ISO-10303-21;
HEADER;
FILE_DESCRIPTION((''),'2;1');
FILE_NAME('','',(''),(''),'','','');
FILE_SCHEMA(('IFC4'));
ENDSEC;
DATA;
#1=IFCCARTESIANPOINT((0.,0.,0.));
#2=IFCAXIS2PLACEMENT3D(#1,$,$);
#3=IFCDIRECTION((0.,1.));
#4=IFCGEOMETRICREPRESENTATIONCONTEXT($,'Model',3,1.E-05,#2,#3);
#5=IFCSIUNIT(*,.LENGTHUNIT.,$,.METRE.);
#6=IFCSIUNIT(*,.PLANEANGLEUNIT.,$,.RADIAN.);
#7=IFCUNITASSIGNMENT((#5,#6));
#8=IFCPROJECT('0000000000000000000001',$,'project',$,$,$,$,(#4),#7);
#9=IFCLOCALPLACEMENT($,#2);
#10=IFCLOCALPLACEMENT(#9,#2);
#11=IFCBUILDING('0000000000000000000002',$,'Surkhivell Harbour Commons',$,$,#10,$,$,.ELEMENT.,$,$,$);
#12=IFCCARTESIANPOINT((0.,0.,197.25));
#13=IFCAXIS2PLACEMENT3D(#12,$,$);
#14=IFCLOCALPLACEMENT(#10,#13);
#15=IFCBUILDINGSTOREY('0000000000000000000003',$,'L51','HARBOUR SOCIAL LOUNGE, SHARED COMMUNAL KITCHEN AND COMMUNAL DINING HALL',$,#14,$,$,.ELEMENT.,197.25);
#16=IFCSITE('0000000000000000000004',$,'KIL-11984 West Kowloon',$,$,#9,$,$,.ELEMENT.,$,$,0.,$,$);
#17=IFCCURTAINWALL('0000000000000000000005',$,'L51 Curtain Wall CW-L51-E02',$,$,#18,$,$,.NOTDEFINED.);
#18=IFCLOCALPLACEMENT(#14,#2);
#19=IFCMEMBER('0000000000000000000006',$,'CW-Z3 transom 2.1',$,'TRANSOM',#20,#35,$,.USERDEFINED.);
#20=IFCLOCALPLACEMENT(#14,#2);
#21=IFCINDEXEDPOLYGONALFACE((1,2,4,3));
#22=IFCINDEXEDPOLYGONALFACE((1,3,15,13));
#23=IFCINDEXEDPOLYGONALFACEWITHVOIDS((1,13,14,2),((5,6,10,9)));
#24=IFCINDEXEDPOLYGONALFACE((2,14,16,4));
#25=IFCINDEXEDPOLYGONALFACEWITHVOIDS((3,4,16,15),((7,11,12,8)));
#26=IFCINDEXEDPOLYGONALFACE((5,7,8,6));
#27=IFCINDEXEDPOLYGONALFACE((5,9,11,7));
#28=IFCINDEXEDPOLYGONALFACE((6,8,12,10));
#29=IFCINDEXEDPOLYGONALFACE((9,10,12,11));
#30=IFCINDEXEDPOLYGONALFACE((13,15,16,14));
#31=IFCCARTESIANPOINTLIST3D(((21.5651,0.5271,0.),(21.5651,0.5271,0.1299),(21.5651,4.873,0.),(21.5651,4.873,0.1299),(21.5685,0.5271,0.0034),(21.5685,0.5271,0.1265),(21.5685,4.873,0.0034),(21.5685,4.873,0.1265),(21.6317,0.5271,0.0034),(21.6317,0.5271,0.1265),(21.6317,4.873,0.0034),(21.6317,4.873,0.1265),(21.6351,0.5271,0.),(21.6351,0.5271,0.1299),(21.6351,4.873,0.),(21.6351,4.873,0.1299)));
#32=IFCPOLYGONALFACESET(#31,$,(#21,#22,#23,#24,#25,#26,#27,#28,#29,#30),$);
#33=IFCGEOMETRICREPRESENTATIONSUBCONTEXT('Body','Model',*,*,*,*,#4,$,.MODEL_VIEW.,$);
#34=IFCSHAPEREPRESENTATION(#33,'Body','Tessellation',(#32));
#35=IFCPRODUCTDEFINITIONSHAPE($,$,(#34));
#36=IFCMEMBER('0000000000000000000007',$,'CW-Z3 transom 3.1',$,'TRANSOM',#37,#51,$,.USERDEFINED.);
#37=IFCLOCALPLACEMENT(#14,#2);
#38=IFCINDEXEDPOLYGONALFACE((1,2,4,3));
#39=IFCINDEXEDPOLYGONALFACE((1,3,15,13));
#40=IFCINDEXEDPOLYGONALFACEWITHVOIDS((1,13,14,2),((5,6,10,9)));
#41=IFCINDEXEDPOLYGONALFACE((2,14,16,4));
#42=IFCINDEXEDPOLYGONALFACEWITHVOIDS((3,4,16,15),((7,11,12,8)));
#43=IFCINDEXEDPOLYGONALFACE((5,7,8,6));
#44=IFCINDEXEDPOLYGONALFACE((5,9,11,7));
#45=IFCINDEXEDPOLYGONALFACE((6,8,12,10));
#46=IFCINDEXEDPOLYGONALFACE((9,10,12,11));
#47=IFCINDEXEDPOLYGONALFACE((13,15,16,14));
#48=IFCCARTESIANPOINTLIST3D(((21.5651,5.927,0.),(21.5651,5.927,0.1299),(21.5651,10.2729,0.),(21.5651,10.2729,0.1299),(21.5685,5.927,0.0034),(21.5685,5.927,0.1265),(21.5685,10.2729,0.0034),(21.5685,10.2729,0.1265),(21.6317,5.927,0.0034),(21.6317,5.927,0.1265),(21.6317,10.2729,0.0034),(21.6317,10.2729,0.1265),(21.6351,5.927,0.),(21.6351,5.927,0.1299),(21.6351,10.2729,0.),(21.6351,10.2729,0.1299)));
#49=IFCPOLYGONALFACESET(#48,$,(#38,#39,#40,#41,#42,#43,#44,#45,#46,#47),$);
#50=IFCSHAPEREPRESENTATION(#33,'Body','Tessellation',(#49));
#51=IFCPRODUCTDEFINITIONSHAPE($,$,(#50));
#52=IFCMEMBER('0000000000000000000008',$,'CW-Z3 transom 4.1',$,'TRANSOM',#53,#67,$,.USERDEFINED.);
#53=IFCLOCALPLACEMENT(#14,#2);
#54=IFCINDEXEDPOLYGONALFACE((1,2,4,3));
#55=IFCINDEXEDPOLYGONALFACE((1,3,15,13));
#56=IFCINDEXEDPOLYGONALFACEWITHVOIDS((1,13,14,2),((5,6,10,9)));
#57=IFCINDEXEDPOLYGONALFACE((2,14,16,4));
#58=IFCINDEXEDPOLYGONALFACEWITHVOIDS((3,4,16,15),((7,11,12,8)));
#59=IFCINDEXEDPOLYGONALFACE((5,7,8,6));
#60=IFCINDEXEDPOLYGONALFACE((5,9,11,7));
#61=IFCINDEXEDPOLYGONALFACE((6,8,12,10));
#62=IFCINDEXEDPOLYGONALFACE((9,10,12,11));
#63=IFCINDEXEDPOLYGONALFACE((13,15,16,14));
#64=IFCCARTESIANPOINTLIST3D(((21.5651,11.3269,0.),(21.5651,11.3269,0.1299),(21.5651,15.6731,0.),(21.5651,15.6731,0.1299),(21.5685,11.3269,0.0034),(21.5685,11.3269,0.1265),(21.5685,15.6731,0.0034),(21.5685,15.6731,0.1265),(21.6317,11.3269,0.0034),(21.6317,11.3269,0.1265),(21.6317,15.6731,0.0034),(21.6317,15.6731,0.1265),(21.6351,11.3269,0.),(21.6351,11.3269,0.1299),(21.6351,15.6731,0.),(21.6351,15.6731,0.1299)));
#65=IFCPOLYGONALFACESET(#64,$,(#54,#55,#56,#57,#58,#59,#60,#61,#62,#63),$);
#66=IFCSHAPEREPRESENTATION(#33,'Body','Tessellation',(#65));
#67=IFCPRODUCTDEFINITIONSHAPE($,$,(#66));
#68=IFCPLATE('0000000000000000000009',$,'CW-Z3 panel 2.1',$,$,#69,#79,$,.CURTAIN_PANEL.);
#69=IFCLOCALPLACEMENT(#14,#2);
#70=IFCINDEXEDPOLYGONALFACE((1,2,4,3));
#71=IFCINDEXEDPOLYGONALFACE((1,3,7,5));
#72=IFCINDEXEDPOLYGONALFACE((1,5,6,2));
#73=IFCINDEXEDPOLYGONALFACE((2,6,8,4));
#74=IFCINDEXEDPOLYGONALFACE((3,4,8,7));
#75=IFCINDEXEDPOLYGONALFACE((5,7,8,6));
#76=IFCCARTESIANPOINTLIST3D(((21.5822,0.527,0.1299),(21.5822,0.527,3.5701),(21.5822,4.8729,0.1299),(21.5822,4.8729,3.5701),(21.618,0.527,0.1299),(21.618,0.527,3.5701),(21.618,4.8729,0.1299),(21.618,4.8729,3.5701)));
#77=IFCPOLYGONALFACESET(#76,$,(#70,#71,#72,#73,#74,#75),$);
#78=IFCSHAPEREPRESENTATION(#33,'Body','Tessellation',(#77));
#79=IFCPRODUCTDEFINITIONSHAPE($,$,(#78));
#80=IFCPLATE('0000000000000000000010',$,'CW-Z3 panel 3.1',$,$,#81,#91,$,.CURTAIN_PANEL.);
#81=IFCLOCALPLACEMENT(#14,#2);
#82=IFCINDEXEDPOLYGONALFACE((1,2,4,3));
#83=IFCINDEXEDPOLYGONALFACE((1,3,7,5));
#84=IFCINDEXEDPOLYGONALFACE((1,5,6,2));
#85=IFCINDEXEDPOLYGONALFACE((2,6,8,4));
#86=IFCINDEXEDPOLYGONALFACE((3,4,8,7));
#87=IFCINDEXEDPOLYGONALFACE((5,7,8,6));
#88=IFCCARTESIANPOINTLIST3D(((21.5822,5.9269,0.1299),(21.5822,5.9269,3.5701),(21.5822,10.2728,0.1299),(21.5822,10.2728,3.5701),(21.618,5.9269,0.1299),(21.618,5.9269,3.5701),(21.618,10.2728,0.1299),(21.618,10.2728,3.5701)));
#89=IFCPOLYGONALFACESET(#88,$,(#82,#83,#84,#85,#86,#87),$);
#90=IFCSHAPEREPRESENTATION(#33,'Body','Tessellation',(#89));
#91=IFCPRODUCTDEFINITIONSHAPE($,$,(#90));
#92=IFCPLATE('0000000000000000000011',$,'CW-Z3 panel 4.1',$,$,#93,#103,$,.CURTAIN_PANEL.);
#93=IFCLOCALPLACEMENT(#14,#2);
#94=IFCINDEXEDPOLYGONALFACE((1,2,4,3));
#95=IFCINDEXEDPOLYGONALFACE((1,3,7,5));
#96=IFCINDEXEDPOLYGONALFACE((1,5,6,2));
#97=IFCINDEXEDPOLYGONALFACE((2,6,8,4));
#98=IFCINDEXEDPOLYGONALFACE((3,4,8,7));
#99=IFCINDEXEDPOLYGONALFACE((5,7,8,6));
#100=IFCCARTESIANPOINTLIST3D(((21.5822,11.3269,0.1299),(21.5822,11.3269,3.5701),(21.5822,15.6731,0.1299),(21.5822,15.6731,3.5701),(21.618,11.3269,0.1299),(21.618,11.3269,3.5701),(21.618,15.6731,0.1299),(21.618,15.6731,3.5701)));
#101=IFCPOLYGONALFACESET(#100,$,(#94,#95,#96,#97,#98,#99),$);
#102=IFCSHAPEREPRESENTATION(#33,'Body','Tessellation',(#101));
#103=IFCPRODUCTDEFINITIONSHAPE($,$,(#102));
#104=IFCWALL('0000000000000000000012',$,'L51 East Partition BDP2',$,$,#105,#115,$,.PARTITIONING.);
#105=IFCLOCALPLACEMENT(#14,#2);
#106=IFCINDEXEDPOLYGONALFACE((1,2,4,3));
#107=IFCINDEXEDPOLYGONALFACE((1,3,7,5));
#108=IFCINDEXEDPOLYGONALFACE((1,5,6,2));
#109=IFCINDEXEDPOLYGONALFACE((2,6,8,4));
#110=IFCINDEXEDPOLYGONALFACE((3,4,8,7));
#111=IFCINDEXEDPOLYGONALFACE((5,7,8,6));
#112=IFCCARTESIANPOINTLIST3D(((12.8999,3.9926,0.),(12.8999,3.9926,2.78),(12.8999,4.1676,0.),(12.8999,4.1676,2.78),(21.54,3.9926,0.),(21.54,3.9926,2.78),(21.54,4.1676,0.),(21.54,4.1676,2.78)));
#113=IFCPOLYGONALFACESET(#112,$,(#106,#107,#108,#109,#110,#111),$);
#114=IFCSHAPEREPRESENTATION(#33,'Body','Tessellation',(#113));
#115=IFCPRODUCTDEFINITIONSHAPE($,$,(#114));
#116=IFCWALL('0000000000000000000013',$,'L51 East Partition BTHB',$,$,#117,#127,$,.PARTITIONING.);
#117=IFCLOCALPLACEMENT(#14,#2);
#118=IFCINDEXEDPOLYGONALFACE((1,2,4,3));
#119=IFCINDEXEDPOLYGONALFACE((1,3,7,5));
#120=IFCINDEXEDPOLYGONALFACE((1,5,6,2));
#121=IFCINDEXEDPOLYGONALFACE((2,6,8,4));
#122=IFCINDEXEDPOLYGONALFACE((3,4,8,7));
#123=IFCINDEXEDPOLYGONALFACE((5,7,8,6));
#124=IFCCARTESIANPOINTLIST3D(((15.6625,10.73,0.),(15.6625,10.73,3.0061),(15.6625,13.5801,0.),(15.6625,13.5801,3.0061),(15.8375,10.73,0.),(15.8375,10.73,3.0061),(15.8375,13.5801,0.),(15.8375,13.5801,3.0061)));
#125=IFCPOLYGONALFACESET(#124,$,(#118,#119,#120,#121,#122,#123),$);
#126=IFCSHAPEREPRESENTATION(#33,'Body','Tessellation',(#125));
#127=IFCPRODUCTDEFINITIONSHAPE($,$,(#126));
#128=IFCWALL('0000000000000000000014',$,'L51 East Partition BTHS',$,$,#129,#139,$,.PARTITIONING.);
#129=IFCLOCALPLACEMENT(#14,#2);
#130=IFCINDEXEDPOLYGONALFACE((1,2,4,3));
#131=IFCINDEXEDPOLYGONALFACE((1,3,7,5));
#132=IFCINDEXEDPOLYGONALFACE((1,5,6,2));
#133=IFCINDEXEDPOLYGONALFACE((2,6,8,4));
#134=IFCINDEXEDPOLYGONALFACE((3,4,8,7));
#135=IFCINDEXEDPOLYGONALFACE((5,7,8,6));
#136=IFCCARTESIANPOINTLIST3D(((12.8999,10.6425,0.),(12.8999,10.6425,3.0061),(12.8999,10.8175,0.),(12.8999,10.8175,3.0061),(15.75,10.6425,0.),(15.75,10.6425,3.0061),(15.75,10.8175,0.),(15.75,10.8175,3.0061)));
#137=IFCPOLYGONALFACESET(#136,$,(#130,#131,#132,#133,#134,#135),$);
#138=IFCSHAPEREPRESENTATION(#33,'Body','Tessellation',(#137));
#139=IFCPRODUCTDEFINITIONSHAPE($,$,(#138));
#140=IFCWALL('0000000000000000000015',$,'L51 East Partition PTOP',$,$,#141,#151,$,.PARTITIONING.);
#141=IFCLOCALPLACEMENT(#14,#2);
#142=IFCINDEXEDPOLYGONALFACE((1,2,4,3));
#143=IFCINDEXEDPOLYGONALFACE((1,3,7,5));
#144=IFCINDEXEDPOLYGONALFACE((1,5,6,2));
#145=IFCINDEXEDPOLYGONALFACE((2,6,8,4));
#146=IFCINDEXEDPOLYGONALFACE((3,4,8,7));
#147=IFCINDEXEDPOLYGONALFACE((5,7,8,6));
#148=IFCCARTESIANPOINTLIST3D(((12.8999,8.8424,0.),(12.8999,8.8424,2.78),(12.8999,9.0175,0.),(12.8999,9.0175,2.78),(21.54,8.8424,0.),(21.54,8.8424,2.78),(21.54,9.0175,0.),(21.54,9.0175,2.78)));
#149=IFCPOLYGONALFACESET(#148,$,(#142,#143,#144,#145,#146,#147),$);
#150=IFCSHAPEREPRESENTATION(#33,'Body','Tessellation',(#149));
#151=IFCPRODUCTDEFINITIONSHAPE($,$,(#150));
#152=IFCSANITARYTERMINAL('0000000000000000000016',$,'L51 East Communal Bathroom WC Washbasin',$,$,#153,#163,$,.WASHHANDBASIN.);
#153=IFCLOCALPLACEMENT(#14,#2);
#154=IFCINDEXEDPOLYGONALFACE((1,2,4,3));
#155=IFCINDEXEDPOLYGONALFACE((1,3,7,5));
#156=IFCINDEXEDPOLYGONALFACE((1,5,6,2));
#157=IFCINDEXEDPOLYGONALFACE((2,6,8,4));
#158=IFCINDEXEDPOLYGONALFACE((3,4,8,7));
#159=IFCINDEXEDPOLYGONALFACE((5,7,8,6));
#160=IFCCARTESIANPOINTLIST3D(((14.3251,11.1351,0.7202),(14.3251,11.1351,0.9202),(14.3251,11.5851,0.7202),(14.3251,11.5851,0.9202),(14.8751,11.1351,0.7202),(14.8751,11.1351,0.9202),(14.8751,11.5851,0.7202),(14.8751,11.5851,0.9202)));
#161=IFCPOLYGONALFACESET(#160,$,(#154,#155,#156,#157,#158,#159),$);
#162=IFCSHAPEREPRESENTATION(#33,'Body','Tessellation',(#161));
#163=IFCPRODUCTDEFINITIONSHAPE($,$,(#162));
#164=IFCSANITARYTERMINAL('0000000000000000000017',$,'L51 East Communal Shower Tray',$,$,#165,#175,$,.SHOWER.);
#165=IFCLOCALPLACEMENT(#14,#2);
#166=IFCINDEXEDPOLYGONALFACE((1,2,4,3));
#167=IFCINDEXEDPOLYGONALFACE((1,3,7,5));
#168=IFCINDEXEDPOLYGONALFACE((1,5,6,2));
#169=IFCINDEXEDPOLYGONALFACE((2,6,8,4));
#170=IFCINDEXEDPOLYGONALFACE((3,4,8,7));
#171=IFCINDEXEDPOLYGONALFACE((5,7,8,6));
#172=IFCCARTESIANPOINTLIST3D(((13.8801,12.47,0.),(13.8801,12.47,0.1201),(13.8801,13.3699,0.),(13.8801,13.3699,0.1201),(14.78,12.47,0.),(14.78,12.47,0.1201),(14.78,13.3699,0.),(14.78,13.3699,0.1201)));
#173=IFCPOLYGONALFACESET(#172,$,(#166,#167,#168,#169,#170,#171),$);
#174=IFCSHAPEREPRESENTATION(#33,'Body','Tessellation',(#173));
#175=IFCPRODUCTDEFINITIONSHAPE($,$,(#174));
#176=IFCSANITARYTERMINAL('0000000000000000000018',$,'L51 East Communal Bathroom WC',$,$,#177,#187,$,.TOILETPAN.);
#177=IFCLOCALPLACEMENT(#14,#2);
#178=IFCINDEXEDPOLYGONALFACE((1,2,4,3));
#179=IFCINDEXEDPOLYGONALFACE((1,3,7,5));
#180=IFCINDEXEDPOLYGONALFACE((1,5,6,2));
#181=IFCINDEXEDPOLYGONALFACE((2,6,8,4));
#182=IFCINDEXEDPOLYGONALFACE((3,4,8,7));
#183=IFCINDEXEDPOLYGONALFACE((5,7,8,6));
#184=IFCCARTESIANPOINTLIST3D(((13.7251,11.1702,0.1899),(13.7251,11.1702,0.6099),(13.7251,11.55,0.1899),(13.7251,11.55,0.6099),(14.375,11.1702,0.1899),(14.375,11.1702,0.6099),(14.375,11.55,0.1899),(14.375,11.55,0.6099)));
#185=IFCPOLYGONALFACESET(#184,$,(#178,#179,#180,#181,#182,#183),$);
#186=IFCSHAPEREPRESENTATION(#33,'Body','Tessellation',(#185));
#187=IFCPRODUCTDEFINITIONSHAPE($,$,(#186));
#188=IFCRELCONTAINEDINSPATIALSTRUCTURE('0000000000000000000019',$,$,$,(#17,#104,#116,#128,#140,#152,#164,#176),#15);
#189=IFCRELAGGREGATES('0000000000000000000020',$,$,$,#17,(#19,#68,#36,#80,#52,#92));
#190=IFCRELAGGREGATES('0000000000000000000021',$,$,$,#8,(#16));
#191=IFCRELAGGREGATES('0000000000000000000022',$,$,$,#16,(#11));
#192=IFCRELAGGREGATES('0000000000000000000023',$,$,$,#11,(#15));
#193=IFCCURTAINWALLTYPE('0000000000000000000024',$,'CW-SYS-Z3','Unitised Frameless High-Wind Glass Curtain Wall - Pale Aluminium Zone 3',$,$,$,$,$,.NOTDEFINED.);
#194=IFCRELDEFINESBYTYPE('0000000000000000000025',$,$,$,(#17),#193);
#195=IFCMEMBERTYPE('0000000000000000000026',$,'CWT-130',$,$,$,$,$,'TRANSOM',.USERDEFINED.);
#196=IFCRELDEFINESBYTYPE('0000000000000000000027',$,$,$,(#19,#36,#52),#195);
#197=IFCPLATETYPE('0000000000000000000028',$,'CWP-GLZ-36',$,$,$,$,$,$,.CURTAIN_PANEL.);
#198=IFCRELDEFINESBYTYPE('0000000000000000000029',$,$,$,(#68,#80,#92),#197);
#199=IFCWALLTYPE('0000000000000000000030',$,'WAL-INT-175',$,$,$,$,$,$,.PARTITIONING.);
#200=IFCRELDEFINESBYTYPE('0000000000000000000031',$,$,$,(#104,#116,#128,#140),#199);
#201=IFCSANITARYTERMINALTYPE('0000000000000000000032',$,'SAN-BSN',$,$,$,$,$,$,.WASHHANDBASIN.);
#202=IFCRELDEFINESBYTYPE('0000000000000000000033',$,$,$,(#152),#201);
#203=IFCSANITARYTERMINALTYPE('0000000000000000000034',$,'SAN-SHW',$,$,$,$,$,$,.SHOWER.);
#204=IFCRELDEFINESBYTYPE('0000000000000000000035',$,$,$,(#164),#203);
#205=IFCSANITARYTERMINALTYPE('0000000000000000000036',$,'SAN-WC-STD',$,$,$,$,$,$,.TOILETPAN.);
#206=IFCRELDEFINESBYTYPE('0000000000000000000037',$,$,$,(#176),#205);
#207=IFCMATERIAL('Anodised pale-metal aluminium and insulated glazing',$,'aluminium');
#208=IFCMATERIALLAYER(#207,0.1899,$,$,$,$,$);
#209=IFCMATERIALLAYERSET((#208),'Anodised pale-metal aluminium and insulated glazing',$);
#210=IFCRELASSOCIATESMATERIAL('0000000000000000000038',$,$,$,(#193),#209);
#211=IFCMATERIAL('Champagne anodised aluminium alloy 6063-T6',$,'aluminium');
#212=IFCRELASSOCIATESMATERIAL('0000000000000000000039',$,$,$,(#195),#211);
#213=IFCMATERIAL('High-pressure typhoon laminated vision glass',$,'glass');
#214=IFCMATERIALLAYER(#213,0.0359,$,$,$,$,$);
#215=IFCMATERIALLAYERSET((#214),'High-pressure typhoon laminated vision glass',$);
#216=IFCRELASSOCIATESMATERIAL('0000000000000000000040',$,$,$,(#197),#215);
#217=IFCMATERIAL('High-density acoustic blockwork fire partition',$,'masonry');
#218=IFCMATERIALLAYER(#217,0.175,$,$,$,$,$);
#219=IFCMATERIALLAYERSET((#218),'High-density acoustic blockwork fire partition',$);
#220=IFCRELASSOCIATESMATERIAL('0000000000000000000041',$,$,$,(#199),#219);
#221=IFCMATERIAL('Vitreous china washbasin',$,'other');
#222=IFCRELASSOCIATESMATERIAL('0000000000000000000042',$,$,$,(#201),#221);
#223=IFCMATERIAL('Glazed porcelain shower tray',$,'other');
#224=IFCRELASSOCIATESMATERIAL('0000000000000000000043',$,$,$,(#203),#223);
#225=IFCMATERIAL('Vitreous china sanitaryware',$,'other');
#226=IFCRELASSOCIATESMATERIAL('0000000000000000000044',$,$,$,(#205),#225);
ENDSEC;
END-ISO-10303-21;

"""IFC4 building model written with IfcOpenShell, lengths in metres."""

from ifc_helpers import new_model, si_unit, direction, frame, frame_2d, origin, origin_2d, place, context, subcontext, project, spatial, rectangle, hollow_rectangle, extrude, material, layer, layer_set, material_profile, profile_set, type_object, element, aggregate, save


model = new_model("IFC4")

# Units and contexts
model_context = context("Model", 3, precision=1e-05, world=origin(), true_north=direction((0.0, 1.0)))
body_context = subcontext(model_context, "Body", "Model", "MODEL_VIEW")
ifc_project = project(units=[si_unit("LENGTHUNIT", "METRE"), si_unit("PLANEANGLEUNIT", "RADIAN")], contexts=[model_context])

# Site, building, storey
site_placement = place(None, origin())
site = spatial("IfcSite", under=ifc_project, at=site_placement, Name="KIL-11984 West Kowloon", CompositionType="ELEMENT", RefElevation=0.0)
building_placement = place(site_placement, origin())
building = spatial("IfcBuilding", under=site, at=building_placement, Name="Surkhivell Harbour Commons", CompositionType="ELEMENT")
storey_placement = place(building_placement, frame((0.0, 0.0, 197.25)))
storey = spatial("IfcBuildingStorey", under=building, at=storey_placement, Name="L51", Description="HARBOUR SOCIAL LOUNGE, SHARED COMMUNAL KITCHEN AND COMMUNAL DINING HALL", CompositionType="ELEMENT", Elevation=197.25)

# Curtain wall, members, plates
ifc_material_1 = material(Name="Anodised pale-metal aluminium and insulated glazing", Category="aluminium")
ifc_layer_1 = layer(ifc_material_1, 0.1899)
ifc_layer_set_1 = layer_set([ifc_layer_1], Name="Anodised pale-metal aluminium and insulated glazing")
curtain_wall_type = type_object("IfcCurtainWallType", Name="CW-SYS-Z3", Description="Unitised Frameless High-Wind Glass Curtain Wall - Pale Aluminium Zone 3", PredefinedType="NOTDEFINED", material=ifc_layer_set_1)
curtain_wall_placement = place(storey_placement, origin())
curtain_wall = element("IfcCurtainWall", 1, at=curtain_wall_placement, inside=storey, type_object=curtain_wall_type, Name="L51 Curtain Wall CW-L51-E02", PredefinedType="NOTDEFINED")
ifc_material_2 = material(Name="Champagne anodised aluminium alloy 6063-T6", Category="aluminium")
ifc_material_profile_1 = material_profile(ifc_material_2, hollow_rectangle(XDim=0.0701, YDim=0.1299, WallThickness=0.0034, at=origin_2d()), Name="ALU-TRAN-70x130")
ifc_profile_set_1 = profile_set([ifc_material_profile_1], Name="Champagne anodised aluminium alloy 6063-T6")
member_type_1 = type_object("IfcMemberType", Name="CWT-130", ElementType="TRANSOM", PredefinedType="USERDEFINED", material=ifc_profile_set_1)
member_1_placement = place(storey_placement, frame((21.6001, 0.5271, 0.0649), z_axis=(0.0, 1.0, 0.0), x_axis=(-1.0, 0.0, 0.0)))
member_1 = element("IfcMember", 2, at=member_1_placement, type_object=member_type_1, Name="CW-Z3 transom 2.1", ObjectType="TRANSOM", PredefinedType="USERDEFINED", context=body_context, shape_type="SweptSolid", body=[
    extrude(hollow_rectangle(XDim=0.0701, YDim=0.1299, WallThickness=0.0034, at=origin_2d()), origin(), (0.0, 0.0, 1.0), 4.3459),
])
member_2_placement = place(storey_placement, frame((21.6001, 5.927, 0.0649), z_axis=(0.0, 1.0, 0.0), x_axis=(-1.0, 0.0, 0.0)))
member_2 = element("IfcMember", 3, at=member_2_placement, type_object=member_type_1, Name="CW-Z3 transom 3.1", ObjectType="TRANSOM", PredefinedType="USERDEFINED", context=body_context, shape_type="SweptSolid", body=[
    extrude(hollow_rectangle(XDim=0.0701, YDim=0.1299, WallThickness=0.0034, at=origin_2d()), origin(), (0.0, 0.0, 1.0), 4.3459),
])
member_3_placement = place(storey_placement, frame((21.6001, 11.3269, 0.0649), z_axis=(0.0, 1.0, 0.0), x_axis=(-1.0, 0.0, 0.0)))
member_3 = element("IfcMember", 4, at=member_3_placement, type_object=member_type_1, Name="CW-Z3 transom 4.1", ObjectType="TRANSOM", PredefinedType="USERDEFINED", context=body_context, shape_type="SweptSolid", body=[
    extrude(hollow_rectangle(XDim=0.0701, YDim=0.1299, WallThickness=0.0034, at=origin_2d()), origin(), (0.0, 0.0, 1.0), 4.3462),
])
ifc_material_3 = material(Name="High-pressure typhoon laminated vision glass", Category="glass")
ifc_layer_2 = layer(ifc_material_3, 0.0359)
ifc_layer_set_2 = layer_set([ifc_layer_2], Name="High-pressure typhoon laminated vision glass")
plate_type = type_object("IfcPlateType", Name="CWP-GLZ-36", PredefinedType="CURTAIN_PANEL", material=ifc_layer_set_2)
plate_1_placement = place(storey_placement, frame((21.6001, 0.5271, 0.1299), z_axis=(0.0, 0.0, 1.0), x_axis=(0.0, 1.0, 0.0)))
plate_1 = element("IfcPlate", 5, at=plate_1_placement, type_object=plate_type, Name="CW-Z3 panel 2.1", PredefinedType="CURTAIN_PANEL", context=body_context, shape_type="SweptSolid", body=[
    extrude(rectangle(XDim=4.3459, YDim=0.0359, at=frame_2d((2.1729, 0.0))), origin(), (0.0, 0.0, 1.0), 3.4402),
])
plate_2_placement = place(storey_placement, frame((21.6001, 5.927, 0.1299), z_axis=(0.0, 0.0, 1.0), x_axis=(0.0, 1.0, 0.0)))
plate_2 = element("IfcPlate", 6, at=plate_2_placement, type_object=plate_type, Name="CW-Z3 panel 3.1", PredefinedType="CURTAIN_PANEL", context=body_context, shape_type="SweptSolid", body=[
    extrude(rectangle(XDim=4.3459, YDim=0.0359, at=frame_2d((2.1729, 0.0))), origin(), (0.0, 0.0, 1.0), 3.4402),
])
plate_3_placement = place(storey_placement, frame((21.6001, 11.3269, 0.1299), z_axis=(0.0, 0.0, 1.0), x_axis=(0.0, 1.0, 0.0)))
plate_3 = element("IfcPlate", 7, at=plate_3_placement, type_object=plate_type, Name="CW-Z3 panel 4.1", PredefinedType="CURTAIN_PANEL", context=body_context, shape_type="SweptSolid", body=[
    extrude(rectangle(XDim=4.3462, YDim=0.0359, at=frame_2d((2.1731, 0.0))), origin(), (0.0, 0.0, 1.0), 3.4402),
])
aggregate(curtain_wall, [member_1, plate_1, member_2, plate_2, member_3, plate_3])

# Walls
ifc_material_4 = material(Name="High-density acoustic blockwork fire partition", Category="masonry")
ifc_layer_3 = layer(ifc_material_4, 0.175)
ifc_layer_set_3 = layer_set([ifc_layer_3], Name="High-density acoustic blockwork fire partition")
wall_type = type_object("IfcWallType", Name="WAL-INT-175", PredefinedType="PARTITIONING", material=ifc_layer_set_3)
wall_1_placement = place(storey_placement, frame((12.8999, 4.0801, 0.0), z_axis=(0.0, 0.0, 1.0), x_axis=(1.0, 0.0, 0.0)))
element("IfcWall", 8, at=wall_1_placement, inside=storey, type_object=wall_type, Name="L51 East Partition BDP2", PredefinedType="PARTITIONING", context=body_context, shape_type="SweptSolid", body=[
    extrude(rectangle(XDim=8.6401, YDim=0.175, at=frame_2d((4.3201, 0.0))), origin(), (0.0, 0.0, 1.0), 2.78),
])
for number, where, z_axis, x_axis, name in (
    (9, (15.75, 10.73, 0.0), (0.0, 0.0, 1.0), (0.0, 1.0, 0.0), "L51 East Partition BTHB"),
    (10, (12.8999, 10.73, 0.0), (0.0, 0.0, 1.0), (1.0, 0.0, 0.0), "L51 East Partition BTHS"),
):
    element("IfcWall", number, at=place(storey_placement, frame(where, z_axis=z_axis, x_axis=x_axis)), inside=storey, type_object=wall_type, Name=name, PredefinedType="PARTITIONING", context=body_context, shape_type="SweptSolid", body=[
        extrude(rectangle(XDim=2.8501, YDim=0.175, at=frame_2d((1.425, 0.0))), origin(), (0.0, 0.0, 1.0), 3.0061),
    ])
wall_2_placement = place(storey_placement, frame((12.8999, 8.9299, 0.0), z_axis=(0.0, 0.0, 1.0), x_axis=(1.0, 0.0, 0.0)))
element("IfcWall", 11, at=wall_2_placement, inside=storey, type_object=wall_type, Name="L51 East Partition PTOP", PredefinedType="PARTITIONING", context=body_context, shape_type="SweptSolid", body=[
    extrude(rectangle(XDim=8.6401, YDim=0.175, at=frame_2d((4.3201, 0.0))), origin(), (0.0, 0.0, 1.0), 2.78),
])

# Sanitary terminals
ifc_material_5 = material(Name="Vitreous china washbasin", Category="other")
sanitary_terminal_type_1 = type_object("IfcSanitaryTerminalType", Name="SAN-BSN", PredefinedType="WASHHANDBASIN", material=ifc_material_5)
sanitary_terminal_1_placement = place(storey_placement, frame((14.6001, 11.3601, 0.7202), z_axis=(0.0, 0.0, 1.0), x_axis=(1.0, 0.0, 0.0)))
element("IfcSanitaryTerminal", 12, at=sanitary_terminal_1_placement, inside=storey, type_object=sanitary_terminal_type_1, Name="L51 East Communal Bathroom WC Washbasin", PredefinedType="WASHHANDBASIN", context=body_context, shape_type="SweptSolid", body=[
    extrude(rectangle(XDim=0.55, YDim=0.45, at=origin_2d()), origin(), (0.0, 0.0, 1.0), 0.2),
])
ifc_material_6 = material(Name="Glazed porcelain shower tray", Category="other")
sanitary_terminal_type_2 = type_object("IfcSanitaryTerminalType", Name="SAN-SHW", PredefinedType="SHOWER", material=ifc_material_6)
sanitary_terminal_2_placement = place(storey_placement, frame((14.3301, 12.9199, 0.0), z_axis=(0.0, 0.0, 1.0), x_axis=(1.0, 0.0, 0.0)))
element("IfcSanitaryTerminal", 13, at=sanitary_terminal_2_placement, inside=storey, type_object=sanitary_terminal_type_2, Name="L51 East Communal Shower Tray", PredefinedType="SHOWER", context=body_context, shape_type="SweptSolid", body=[
    extrude(rectangle(XDim=0.8999, YDim=0.8999, at=origin_2d()), origin(), (0.0, 0.0, 1.0), 0.1201),
])
ifc_material_7 = material(Name="Vitreous china sanitaryware", Category="other")
sanitary_terminal_type_3 = type_object("IfcSanitaryTerminalType", Name="SAN-WC-STD", PredefinedType="TOILETPAN", material=ifc_material_7)
sanitary_terminal_3_placement = place(storey_placement, frame((14.05, 11.3601, 0.1899), z_axis=(0.0, 0.0, 1.0), x_axis=(1.0, 0.0, 0.0)))
element("IfcSanitaryTerminal", 14, at=sanitary_terminal_3_placement, inside=storey, type_object=sanitary_terminal_type_3, Name="L51 East Communal Bathroom WC", PredefinedType="TOILETPAN", context=body_context, shape_type="SweptSolid", body=[
    extrude(rectangle(XDim=0.6499, YDim=0.3799, at=origin_2d()), origin(), (0.0, 0.0, 1.0), 0.4199),
])

save(model, "model.ifc")
